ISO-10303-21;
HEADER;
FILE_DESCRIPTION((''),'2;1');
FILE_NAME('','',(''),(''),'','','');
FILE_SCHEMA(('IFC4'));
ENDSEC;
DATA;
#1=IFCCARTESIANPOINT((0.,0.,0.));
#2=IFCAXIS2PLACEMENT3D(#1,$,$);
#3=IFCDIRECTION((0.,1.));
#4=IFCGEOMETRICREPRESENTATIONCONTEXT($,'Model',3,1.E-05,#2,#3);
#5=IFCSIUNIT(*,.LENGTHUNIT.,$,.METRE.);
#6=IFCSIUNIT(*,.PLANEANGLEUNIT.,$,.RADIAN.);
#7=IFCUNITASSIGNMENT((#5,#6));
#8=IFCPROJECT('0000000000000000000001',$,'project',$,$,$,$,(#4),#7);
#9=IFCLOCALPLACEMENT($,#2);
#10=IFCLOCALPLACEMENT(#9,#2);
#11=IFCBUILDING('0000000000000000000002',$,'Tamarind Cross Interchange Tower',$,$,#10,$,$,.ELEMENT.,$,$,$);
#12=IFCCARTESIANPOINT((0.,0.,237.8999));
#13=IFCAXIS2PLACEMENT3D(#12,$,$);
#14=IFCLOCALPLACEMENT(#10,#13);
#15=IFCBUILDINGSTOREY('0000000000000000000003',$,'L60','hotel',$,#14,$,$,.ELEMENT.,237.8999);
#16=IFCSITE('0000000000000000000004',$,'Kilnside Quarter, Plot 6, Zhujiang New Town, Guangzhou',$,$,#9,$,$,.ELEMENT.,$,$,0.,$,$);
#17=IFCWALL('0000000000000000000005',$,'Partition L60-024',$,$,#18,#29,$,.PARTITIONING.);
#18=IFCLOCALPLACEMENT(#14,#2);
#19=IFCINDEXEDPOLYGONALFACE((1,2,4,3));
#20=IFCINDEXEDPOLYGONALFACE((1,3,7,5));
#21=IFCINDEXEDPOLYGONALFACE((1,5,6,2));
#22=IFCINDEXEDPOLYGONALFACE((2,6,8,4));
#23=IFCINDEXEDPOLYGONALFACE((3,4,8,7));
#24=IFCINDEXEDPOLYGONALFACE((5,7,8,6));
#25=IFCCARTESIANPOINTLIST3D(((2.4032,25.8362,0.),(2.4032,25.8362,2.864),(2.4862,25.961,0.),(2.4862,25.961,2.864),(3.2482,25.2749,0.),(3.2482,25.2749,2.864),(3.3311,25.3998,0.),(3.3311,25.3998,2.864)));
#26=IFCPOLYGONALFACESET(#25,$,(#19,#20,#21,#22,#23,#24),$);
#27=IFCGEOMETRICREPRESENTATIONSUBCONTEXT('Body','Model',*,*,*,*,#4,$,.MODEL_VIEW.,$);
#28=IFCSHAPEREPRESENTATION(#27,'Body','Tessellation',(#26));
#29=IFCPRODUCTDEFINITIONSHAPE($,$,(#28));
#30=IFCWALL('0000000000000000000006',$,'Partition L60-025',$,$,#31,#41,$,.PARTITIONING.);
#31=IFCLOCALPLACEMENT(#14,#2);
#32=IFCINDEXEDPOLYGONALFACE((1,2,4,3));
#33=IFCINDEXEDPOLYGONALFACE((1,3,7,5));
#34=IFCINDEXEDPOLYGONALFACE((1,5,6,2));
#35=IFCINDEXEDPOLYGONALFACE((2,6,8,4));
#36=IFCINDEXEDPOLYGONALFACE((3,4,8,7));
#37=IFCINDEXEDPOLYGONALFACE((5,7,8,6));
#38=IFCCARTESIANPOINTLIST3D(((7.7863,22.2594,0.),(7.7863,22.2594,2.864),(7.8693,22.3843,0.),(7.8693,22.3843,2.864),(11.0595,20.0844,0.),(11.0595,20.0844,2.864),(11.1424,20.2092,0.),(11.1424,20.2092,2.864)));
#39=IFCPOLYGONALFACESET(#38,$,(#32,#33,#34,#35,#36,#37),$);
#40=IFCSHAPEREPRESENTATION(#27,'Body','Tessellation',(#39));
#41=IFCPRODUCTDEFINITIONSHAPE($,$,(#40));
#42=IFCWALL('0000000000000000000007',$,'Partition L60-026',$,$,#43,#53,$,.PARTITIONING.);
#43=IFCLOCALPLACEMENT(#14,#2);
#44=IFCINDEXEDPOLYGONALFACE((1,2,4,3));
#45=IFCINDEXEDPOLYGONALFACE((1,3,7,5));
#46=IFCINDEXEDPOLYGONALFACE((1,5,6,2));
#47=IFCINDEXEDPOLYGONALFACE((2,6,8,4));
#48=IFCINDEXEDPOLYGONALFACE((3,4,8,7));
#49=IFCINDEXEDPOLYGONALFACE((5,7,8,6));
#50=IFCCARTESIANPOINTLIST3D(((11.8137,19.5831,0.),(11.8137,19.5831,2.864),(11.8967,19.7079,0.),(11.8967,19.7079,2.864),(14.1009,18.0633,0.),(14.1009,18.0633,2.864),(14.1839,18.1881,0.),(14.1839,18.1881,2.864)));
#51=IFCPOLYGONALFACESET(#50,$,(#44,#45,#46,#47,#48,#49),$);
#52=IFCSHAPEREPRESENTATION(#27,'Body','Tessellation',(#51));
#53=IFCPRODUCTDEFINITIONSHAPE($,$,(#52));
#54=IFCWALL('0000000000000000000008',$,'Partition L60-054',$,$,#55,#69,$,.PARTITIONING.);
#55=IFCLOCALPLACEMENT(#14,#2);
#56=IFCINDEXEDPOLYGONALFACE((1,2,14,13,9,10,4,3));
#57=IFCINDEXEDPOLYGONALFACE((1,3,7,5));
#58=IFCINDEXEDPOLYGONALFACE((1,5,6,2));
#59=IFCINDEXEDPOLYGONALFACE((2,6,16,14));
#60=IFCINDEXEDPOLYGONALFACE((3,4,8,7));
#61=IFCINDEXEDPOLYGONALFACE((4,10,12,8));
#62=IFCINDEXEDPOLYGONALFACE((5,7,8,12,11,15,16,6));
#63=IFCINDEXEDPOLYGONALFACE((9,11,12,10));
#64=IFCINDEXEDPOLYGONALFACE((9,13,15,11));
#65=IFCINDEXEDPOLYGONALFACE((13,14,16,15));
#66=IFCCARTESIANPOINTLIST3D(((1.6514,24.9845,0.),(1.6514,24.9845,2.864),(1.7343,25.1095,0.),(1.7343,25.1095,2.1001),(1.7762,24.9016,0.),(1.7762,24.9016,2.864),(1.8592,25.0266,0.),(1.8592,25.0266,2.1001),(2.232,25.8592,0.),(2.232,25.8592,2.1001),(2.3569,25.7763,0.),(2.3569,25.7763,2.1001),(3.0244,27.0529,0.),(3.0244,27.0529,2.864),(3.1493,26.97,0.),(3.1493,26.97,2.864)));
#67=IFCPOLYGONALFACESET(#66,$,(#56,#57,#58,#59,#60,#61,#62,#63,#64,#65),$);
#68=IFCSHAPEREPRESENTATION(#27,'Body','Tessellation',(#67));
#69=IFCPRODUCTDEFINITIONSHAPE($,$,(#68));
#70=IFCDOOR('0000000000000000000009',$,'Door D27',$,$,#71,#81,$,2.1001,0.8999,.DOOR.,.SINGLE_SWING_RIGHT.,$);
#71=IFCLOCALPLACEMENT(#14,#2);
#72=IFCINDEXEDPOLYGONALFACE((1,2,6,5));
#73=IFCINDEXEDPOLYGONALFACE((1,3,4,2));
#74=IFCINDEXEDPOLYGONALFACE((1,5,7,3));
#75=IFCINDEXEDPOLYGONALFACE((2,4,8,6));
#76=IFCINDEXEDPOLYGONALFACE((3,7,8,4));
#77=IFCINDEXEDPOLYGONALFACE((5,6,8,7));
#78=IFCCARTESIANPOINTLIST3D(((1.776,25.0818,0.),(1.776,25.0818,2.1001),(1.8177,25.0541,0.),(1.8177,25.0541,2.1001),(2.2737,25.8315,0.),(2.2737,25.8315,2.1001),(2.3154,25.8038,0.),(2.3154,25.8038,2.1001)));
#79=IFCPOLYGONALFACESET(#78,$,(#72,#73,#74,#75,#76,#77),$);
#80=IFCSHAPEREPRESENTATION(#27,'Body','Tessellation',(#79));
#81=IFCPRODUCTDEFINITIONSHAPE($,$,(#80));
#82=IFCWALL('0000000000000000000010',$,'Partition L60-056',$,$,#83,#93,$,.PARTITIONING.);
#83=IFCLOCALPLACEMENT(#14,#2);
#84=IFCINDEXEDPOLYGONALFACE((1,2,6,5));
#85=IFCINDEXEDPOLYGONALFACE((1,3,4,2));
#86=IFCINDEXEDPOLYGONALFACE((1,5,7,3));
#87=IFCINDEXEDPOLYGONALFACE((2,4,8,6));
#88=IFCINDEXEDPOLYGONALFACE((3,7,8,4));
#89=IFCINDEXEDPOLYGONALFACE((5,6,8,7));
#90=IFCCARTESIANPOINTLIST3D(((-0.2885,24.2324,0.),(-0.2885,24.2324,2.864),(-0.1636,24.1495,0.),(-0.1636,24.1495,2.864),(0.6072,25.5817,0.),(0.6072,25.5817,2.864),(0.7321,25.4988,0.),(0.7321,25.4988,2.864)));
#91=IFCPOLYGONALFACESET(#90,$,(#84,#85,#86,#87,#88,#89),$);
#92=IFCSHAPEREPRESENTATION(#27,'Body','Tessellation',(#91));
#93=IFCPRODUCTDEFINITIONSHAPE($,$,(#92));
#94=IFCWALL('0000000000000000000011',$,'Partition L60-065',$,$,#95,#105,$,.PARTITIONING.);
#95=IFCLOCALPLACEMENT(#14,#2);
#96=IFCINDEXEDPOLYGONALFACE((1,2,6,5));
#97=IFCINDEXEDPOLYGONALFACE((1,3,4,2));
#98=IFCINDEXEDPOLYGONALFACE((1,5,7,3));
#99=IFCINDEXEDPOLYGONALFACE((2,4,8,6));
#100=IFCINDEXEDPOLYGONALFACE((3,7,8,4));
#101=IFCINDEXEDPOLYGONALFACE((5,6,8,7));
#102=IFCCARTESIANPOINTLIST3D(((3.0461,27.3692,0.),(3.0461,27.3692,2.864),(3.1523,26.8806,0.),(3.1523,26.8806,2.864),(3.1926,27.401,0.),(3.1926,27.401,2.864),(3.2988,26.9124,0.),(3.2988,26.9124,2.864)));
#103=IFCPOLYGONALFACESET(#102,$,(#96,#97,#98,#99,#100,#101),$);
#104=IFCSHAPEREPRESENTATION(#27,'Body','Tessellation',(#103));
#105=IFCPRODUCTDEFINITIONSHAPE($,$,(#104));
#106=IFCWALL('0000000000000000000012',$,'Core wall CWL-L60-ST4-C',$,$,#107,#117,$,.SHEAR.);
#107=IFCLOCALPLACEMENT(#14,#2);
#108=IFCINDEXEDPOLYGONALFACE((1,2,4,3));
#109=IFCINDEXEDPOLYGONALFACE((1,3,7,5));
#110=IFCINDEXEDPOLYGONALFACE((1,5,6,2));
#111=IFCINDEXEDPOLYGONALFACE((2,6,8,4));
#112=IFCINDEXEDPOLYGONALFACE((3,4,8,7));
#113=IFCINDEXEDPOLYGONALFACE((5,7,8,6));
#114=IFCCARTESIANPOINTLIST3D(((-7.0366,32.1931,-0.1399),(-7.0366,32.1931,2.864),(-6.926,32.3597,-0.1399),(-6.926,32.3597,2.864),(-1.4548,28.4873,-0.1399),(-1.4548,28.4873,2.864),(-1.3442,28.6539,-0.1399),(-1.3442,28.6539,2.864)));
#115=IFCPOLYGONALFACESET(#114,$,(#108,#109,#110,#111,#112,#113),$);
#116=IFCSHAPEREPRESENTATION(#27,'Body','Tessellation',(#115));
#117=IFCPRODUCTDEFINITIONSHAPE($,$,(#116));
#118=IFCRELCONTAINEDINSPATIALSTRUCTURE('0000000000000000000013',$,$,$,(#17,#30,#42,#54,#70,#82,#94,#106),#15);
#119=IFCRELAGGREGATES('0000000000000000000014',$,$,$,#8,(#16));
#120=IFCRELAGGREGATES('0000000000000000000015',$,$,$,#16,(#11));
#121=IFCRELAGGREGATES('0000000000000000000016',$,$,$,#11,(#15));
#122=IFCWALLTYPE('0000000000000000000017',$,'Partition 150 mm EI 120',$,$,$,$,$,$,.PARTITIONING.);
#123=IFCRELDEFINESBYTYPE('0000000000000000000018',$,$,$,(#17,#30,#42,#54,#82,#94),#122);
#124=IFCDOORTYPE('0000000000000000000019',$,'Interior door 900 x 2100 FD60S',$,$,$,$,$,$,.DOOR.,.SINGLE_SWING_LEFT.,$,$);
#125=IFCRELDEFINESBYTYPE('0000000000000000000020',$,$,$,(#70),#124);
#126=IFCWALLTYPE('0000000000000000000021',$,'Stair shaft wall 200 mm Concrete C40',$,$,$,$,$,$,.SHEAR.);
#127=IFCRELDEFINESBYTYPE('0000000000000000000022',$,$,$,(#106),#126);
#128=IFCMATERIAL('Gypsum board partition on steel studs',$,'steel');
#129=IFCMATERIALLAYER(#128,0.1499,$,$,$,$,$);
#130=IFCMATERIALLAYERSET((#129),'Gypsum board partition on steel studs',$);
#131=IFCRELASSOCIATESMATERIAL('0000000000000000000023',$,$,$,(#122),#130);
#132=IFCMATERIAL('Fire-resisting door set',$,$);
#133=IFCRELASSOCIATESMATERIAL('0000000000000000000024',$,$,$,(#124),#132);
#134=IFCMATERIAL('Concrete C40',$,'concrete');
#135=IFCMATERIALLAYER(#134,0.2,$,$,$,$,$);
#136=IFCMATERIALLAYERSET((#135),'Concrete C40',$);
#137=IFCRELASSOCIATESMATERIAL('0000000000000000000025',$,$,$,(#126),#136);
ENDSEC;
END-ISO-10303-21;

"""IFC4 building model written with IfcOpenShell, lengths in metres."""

from ifc_helpers import new_model, si_unit, direction, frame, frame_2d, origin, place, context, subcontext, project, spatial, rectangle, extrude, material, layer, layer_set, type_object, element, fill, save


model = new_model("IFC4")

# Units and contexts
model_context = context("Model", 3, precision=1e-05, world=origin(), true_north=direction((0.0, 1.0)))
body_context = subcontext(model_context, "Body", "Model", "MODEL_VIEW")
ifc_project = project(units=[si_unit("LENGTHUNIT", "METRE"), si_unit("PLANEANGLEUNIT", "RADIAN")], contexts=[model_context])

# Site, building, storey
site_placement = place(None, origin())
site = spatial("IfcSite", under=ifc_project, at=site_placement, Name="Kilnside Quarter, Plot 6, Zhujiang New Town, Guangzhou", CompositionType="ELEMENT", RefElevation=0.0)
building_placement = place(site_placement, origin())
building = spatial("IfcBuilding", under=site, at=building_placement, Name="Tamarind Cross Interchange Tower", CompositionType="ELEMENT")
storey_placement = place(building_placement, frame((0.0, 0.0, 237.8999)))
storey = spatial("IfcBuildingStorey", under=building, at=storey_placement, Name="L60", Description="hotel", CompositionType="ELEMENT", Elevation=237.8999)

# Walls
ifc_material_1 = material(Name="Gypsum board partition on steel studs", Category="steel")
ifc_layer_1 = layer(ifc_material_1, 0.1499)
ifc_layer_set_1 = layer_set([ifc_layer_1], Name="Gypsum board partition on steel studs")
wall_type_1 = type_object("IfcWallType", Name="Partition 150 mm EI 120", PredefinedType="PARTITIONING", material=ifc_layer_set_1)
wall_1_placement = place(storey_placement, frame((2.4446, 25.8987, 0.0), z_axis=(0.0, 0.0, 1.0), x_axis=(0.832975, -0.553311, 0.0)))
element("IfcWall", 1, at=wall_1_placement, inside=storey, type_object=wall_type_1, Name="Partition L60-024", PredefinedType="PARTITIONING", context=body_context, shape_type="SweptSolid", body=[
    extrude(rectangle(XDim=1.0144, YDim=0.1499, at=frame_2d((0.5073, 0.0))), origin(), (0.0, 0.0, 1.0), 2.864),
])
wall_2_placement = place(storey_placement, frame((7.8279, 22.3218, 0.0), z_axis=(0.0, 0.0, 1.0), x_axis=(0.832881, -0.553452, 0.0)))
element("IfcWall", 2, at=wall_2_placement, inside=storey, type_object=wall_type_1, Name="Partition L60-025", PredefinedType="PARTITIONING", context=body_context, shape_type="SweptSolid", body=[
    extrude(rectangle(XDim=3.9299, YDim=0.1499, at=frame_2d((1.9648, 0.0))), origin(), (0.0, 0.0, 1.0), 2.864),
])
wall_3_placement = place(storey_placement, frame((11.8552, 19.6455, 0.0), z_axis=(0.0, 0.0, 1.0), x_axis=(0.832884, -0.553448, 0.0)))
element("IfcWall", 3, at=wall_3_placement, inside=storey, type_object=wall_type_1, Name="Partition L60-026", PredefinedType="PARTITIONING", context=body_context, shape_type="SweptSolid", body=[
    extrude(rectangle(XDim=2.7461, YDim=0.1499, at=frame_2d((1.373, 0.0))), origin(), (0.0, 0.0, 1.0), 2.864),
])

# Wall, opening, door
wall_4_placement = place(storey_placement, frame((1.7139, 24.9431, 0.0), z_axis=(0.0, 0.0, 1.0), x_axis=(0.553065, 0.833138, 0.0)))
wall_4 = element("IfcWall", 4, at=wall_4_placement, inside=storey, type_object=wall_type_1, Name="Partition L60-054", PredefinedType="PARTITIONING", context=body_context, shape_type="SweptSolid", body=[
    extrude(rectangle(XDim=2.4827, YDim=0.1499, at=frame_2d((1.2412, 0.0))), origin(), (0.0, 0.0, 1.0), 2.864),
])
opening_placement = place(wall_4_placement, frame((0.1499, 0.0, 0.0)))
opening = element("IfcOpeningElement", 5, at=opening_placement, cuts=wall_4, PredefinedType="OPENING", context=body_context, shape_type="SweptSolid", body=[
    extrude(rectangle(XDim=0.8999, YDim=2.1001, at=frame_2d((0.45, 1.05))), frame((0.0, 0.085, 0.0), z_axis=(0.0, -1.0, 0.0), x_axis=(1.0, 0.0, 0.0)), (0.0, 0.0, 1.0), 0.1699),
])
ifc_material_2 = material(Name="Fire-resisting door set")
door_type = type_object("IfcDoorType", Name="Interior door 900 x 2100 FD60S", OperationType="SINGLE_SWING_LEFT", PredefinedType="DOOR", material=ifc_material_2)
door_placement = place(opening_placement, origin())
door = element("IfcDoor", 6, at=door_placement, inside=storey, type_object=door_type, Name="Door D27", OperationType="SINGLE_SWING_RIGHT", OverallHeight=2.1001, OverallWidth=0.8999, PredefinedType="DOOR", context=body_context, shape_type="SweptSolid", body=[
    extrude(rectangle(XDim=0.8999, YDim=2.1001, at=frame_2d((0.45, 1.05))), frame((0.0, 0.0249, 0.0), z_axis=(0.0, -1.0, 0.0), x_axis=(1.0, 0.0, 0.0)), (0.0, 0.0, 1.0), 0.05),
])
fill(opening, door)

# Walls
wall_5_placement = place(storey_placement, frame((-0.2261, 24.1909, 0.0), z_axis=(0.0, 0.0, 1.0), x_axis=(0.553064, 0.833139, 0.0)))
element("IfcWall", 7, at=wall_5_placement, inside=storey, type_object=wall_type_1, Name="Partition L60-056", PredefinedType="PARTITIONING", context=body_context, shape_type="SweptSolid", body=[
    extrude(rectangle(XDim=1.6196, YDim=0.1499, at=frame_2d((0.8098, 0.0))), origin(), (0.0, 0.0, 1.0), 2.864),
])
wall_6_placement = place(storey_placement, frame((3.2256, 26.8965, 0.0), z_axis=(0.0, 0.0, 1.0), x_axis=(-0.21243, 0.977176, 0.0)))
element("IfcWall", 8, at=wall_6_placement, inside=storey, type_object=wall_type_1, Name="Partition L60-065", PredefinedType="PARTITIONING", context=body_context, shape_type="SweptSolid", body=[
    extrude(rectangle(XDim=0.5, YDim=0.1499, at=frame_2d((0.25, 0.0))), origin(), (0.0, 0.0, 1.0), 2.864),
])
ifc_material_3 = material(Name="Concrete C40", Category="concrete")
ifc_layer_2 = layer(ifc_material_3, 0.2)
ifc_layer_set_2 = layer_set([ifc_layer_2], Name="Concrete C40")
wall_type_2 = type_object("IfcWallType", Name="Stair shaft wall 200 mm Concrete C40", PredefinedType="SHEAR", material=ifc_layer_set_2)
wall_7_placement = place(storey_placement, frame((-1.3994, 28.5706, -0.1399), z_axis=(0.0, 0.0, 1.0), x_axis=(-0.833108, 0.55311, 0.0)))
element("IfcWall", 9, at=wall_7_placement, inside=storey, type_object=wall_type_2, Name="Core wall CWL-L60-ST4-C", PredefinedType="SHEAR", context=body_context, shape_type="SweptSolid", body=[
    extrude(rectangle(XDim=6.7, YDim=0.2, at=frame_2d((3.3501, 0.0))), origin(), (0.0, 0.0, 1.0), 3.0039),
])

save(model, "model.ifc")
